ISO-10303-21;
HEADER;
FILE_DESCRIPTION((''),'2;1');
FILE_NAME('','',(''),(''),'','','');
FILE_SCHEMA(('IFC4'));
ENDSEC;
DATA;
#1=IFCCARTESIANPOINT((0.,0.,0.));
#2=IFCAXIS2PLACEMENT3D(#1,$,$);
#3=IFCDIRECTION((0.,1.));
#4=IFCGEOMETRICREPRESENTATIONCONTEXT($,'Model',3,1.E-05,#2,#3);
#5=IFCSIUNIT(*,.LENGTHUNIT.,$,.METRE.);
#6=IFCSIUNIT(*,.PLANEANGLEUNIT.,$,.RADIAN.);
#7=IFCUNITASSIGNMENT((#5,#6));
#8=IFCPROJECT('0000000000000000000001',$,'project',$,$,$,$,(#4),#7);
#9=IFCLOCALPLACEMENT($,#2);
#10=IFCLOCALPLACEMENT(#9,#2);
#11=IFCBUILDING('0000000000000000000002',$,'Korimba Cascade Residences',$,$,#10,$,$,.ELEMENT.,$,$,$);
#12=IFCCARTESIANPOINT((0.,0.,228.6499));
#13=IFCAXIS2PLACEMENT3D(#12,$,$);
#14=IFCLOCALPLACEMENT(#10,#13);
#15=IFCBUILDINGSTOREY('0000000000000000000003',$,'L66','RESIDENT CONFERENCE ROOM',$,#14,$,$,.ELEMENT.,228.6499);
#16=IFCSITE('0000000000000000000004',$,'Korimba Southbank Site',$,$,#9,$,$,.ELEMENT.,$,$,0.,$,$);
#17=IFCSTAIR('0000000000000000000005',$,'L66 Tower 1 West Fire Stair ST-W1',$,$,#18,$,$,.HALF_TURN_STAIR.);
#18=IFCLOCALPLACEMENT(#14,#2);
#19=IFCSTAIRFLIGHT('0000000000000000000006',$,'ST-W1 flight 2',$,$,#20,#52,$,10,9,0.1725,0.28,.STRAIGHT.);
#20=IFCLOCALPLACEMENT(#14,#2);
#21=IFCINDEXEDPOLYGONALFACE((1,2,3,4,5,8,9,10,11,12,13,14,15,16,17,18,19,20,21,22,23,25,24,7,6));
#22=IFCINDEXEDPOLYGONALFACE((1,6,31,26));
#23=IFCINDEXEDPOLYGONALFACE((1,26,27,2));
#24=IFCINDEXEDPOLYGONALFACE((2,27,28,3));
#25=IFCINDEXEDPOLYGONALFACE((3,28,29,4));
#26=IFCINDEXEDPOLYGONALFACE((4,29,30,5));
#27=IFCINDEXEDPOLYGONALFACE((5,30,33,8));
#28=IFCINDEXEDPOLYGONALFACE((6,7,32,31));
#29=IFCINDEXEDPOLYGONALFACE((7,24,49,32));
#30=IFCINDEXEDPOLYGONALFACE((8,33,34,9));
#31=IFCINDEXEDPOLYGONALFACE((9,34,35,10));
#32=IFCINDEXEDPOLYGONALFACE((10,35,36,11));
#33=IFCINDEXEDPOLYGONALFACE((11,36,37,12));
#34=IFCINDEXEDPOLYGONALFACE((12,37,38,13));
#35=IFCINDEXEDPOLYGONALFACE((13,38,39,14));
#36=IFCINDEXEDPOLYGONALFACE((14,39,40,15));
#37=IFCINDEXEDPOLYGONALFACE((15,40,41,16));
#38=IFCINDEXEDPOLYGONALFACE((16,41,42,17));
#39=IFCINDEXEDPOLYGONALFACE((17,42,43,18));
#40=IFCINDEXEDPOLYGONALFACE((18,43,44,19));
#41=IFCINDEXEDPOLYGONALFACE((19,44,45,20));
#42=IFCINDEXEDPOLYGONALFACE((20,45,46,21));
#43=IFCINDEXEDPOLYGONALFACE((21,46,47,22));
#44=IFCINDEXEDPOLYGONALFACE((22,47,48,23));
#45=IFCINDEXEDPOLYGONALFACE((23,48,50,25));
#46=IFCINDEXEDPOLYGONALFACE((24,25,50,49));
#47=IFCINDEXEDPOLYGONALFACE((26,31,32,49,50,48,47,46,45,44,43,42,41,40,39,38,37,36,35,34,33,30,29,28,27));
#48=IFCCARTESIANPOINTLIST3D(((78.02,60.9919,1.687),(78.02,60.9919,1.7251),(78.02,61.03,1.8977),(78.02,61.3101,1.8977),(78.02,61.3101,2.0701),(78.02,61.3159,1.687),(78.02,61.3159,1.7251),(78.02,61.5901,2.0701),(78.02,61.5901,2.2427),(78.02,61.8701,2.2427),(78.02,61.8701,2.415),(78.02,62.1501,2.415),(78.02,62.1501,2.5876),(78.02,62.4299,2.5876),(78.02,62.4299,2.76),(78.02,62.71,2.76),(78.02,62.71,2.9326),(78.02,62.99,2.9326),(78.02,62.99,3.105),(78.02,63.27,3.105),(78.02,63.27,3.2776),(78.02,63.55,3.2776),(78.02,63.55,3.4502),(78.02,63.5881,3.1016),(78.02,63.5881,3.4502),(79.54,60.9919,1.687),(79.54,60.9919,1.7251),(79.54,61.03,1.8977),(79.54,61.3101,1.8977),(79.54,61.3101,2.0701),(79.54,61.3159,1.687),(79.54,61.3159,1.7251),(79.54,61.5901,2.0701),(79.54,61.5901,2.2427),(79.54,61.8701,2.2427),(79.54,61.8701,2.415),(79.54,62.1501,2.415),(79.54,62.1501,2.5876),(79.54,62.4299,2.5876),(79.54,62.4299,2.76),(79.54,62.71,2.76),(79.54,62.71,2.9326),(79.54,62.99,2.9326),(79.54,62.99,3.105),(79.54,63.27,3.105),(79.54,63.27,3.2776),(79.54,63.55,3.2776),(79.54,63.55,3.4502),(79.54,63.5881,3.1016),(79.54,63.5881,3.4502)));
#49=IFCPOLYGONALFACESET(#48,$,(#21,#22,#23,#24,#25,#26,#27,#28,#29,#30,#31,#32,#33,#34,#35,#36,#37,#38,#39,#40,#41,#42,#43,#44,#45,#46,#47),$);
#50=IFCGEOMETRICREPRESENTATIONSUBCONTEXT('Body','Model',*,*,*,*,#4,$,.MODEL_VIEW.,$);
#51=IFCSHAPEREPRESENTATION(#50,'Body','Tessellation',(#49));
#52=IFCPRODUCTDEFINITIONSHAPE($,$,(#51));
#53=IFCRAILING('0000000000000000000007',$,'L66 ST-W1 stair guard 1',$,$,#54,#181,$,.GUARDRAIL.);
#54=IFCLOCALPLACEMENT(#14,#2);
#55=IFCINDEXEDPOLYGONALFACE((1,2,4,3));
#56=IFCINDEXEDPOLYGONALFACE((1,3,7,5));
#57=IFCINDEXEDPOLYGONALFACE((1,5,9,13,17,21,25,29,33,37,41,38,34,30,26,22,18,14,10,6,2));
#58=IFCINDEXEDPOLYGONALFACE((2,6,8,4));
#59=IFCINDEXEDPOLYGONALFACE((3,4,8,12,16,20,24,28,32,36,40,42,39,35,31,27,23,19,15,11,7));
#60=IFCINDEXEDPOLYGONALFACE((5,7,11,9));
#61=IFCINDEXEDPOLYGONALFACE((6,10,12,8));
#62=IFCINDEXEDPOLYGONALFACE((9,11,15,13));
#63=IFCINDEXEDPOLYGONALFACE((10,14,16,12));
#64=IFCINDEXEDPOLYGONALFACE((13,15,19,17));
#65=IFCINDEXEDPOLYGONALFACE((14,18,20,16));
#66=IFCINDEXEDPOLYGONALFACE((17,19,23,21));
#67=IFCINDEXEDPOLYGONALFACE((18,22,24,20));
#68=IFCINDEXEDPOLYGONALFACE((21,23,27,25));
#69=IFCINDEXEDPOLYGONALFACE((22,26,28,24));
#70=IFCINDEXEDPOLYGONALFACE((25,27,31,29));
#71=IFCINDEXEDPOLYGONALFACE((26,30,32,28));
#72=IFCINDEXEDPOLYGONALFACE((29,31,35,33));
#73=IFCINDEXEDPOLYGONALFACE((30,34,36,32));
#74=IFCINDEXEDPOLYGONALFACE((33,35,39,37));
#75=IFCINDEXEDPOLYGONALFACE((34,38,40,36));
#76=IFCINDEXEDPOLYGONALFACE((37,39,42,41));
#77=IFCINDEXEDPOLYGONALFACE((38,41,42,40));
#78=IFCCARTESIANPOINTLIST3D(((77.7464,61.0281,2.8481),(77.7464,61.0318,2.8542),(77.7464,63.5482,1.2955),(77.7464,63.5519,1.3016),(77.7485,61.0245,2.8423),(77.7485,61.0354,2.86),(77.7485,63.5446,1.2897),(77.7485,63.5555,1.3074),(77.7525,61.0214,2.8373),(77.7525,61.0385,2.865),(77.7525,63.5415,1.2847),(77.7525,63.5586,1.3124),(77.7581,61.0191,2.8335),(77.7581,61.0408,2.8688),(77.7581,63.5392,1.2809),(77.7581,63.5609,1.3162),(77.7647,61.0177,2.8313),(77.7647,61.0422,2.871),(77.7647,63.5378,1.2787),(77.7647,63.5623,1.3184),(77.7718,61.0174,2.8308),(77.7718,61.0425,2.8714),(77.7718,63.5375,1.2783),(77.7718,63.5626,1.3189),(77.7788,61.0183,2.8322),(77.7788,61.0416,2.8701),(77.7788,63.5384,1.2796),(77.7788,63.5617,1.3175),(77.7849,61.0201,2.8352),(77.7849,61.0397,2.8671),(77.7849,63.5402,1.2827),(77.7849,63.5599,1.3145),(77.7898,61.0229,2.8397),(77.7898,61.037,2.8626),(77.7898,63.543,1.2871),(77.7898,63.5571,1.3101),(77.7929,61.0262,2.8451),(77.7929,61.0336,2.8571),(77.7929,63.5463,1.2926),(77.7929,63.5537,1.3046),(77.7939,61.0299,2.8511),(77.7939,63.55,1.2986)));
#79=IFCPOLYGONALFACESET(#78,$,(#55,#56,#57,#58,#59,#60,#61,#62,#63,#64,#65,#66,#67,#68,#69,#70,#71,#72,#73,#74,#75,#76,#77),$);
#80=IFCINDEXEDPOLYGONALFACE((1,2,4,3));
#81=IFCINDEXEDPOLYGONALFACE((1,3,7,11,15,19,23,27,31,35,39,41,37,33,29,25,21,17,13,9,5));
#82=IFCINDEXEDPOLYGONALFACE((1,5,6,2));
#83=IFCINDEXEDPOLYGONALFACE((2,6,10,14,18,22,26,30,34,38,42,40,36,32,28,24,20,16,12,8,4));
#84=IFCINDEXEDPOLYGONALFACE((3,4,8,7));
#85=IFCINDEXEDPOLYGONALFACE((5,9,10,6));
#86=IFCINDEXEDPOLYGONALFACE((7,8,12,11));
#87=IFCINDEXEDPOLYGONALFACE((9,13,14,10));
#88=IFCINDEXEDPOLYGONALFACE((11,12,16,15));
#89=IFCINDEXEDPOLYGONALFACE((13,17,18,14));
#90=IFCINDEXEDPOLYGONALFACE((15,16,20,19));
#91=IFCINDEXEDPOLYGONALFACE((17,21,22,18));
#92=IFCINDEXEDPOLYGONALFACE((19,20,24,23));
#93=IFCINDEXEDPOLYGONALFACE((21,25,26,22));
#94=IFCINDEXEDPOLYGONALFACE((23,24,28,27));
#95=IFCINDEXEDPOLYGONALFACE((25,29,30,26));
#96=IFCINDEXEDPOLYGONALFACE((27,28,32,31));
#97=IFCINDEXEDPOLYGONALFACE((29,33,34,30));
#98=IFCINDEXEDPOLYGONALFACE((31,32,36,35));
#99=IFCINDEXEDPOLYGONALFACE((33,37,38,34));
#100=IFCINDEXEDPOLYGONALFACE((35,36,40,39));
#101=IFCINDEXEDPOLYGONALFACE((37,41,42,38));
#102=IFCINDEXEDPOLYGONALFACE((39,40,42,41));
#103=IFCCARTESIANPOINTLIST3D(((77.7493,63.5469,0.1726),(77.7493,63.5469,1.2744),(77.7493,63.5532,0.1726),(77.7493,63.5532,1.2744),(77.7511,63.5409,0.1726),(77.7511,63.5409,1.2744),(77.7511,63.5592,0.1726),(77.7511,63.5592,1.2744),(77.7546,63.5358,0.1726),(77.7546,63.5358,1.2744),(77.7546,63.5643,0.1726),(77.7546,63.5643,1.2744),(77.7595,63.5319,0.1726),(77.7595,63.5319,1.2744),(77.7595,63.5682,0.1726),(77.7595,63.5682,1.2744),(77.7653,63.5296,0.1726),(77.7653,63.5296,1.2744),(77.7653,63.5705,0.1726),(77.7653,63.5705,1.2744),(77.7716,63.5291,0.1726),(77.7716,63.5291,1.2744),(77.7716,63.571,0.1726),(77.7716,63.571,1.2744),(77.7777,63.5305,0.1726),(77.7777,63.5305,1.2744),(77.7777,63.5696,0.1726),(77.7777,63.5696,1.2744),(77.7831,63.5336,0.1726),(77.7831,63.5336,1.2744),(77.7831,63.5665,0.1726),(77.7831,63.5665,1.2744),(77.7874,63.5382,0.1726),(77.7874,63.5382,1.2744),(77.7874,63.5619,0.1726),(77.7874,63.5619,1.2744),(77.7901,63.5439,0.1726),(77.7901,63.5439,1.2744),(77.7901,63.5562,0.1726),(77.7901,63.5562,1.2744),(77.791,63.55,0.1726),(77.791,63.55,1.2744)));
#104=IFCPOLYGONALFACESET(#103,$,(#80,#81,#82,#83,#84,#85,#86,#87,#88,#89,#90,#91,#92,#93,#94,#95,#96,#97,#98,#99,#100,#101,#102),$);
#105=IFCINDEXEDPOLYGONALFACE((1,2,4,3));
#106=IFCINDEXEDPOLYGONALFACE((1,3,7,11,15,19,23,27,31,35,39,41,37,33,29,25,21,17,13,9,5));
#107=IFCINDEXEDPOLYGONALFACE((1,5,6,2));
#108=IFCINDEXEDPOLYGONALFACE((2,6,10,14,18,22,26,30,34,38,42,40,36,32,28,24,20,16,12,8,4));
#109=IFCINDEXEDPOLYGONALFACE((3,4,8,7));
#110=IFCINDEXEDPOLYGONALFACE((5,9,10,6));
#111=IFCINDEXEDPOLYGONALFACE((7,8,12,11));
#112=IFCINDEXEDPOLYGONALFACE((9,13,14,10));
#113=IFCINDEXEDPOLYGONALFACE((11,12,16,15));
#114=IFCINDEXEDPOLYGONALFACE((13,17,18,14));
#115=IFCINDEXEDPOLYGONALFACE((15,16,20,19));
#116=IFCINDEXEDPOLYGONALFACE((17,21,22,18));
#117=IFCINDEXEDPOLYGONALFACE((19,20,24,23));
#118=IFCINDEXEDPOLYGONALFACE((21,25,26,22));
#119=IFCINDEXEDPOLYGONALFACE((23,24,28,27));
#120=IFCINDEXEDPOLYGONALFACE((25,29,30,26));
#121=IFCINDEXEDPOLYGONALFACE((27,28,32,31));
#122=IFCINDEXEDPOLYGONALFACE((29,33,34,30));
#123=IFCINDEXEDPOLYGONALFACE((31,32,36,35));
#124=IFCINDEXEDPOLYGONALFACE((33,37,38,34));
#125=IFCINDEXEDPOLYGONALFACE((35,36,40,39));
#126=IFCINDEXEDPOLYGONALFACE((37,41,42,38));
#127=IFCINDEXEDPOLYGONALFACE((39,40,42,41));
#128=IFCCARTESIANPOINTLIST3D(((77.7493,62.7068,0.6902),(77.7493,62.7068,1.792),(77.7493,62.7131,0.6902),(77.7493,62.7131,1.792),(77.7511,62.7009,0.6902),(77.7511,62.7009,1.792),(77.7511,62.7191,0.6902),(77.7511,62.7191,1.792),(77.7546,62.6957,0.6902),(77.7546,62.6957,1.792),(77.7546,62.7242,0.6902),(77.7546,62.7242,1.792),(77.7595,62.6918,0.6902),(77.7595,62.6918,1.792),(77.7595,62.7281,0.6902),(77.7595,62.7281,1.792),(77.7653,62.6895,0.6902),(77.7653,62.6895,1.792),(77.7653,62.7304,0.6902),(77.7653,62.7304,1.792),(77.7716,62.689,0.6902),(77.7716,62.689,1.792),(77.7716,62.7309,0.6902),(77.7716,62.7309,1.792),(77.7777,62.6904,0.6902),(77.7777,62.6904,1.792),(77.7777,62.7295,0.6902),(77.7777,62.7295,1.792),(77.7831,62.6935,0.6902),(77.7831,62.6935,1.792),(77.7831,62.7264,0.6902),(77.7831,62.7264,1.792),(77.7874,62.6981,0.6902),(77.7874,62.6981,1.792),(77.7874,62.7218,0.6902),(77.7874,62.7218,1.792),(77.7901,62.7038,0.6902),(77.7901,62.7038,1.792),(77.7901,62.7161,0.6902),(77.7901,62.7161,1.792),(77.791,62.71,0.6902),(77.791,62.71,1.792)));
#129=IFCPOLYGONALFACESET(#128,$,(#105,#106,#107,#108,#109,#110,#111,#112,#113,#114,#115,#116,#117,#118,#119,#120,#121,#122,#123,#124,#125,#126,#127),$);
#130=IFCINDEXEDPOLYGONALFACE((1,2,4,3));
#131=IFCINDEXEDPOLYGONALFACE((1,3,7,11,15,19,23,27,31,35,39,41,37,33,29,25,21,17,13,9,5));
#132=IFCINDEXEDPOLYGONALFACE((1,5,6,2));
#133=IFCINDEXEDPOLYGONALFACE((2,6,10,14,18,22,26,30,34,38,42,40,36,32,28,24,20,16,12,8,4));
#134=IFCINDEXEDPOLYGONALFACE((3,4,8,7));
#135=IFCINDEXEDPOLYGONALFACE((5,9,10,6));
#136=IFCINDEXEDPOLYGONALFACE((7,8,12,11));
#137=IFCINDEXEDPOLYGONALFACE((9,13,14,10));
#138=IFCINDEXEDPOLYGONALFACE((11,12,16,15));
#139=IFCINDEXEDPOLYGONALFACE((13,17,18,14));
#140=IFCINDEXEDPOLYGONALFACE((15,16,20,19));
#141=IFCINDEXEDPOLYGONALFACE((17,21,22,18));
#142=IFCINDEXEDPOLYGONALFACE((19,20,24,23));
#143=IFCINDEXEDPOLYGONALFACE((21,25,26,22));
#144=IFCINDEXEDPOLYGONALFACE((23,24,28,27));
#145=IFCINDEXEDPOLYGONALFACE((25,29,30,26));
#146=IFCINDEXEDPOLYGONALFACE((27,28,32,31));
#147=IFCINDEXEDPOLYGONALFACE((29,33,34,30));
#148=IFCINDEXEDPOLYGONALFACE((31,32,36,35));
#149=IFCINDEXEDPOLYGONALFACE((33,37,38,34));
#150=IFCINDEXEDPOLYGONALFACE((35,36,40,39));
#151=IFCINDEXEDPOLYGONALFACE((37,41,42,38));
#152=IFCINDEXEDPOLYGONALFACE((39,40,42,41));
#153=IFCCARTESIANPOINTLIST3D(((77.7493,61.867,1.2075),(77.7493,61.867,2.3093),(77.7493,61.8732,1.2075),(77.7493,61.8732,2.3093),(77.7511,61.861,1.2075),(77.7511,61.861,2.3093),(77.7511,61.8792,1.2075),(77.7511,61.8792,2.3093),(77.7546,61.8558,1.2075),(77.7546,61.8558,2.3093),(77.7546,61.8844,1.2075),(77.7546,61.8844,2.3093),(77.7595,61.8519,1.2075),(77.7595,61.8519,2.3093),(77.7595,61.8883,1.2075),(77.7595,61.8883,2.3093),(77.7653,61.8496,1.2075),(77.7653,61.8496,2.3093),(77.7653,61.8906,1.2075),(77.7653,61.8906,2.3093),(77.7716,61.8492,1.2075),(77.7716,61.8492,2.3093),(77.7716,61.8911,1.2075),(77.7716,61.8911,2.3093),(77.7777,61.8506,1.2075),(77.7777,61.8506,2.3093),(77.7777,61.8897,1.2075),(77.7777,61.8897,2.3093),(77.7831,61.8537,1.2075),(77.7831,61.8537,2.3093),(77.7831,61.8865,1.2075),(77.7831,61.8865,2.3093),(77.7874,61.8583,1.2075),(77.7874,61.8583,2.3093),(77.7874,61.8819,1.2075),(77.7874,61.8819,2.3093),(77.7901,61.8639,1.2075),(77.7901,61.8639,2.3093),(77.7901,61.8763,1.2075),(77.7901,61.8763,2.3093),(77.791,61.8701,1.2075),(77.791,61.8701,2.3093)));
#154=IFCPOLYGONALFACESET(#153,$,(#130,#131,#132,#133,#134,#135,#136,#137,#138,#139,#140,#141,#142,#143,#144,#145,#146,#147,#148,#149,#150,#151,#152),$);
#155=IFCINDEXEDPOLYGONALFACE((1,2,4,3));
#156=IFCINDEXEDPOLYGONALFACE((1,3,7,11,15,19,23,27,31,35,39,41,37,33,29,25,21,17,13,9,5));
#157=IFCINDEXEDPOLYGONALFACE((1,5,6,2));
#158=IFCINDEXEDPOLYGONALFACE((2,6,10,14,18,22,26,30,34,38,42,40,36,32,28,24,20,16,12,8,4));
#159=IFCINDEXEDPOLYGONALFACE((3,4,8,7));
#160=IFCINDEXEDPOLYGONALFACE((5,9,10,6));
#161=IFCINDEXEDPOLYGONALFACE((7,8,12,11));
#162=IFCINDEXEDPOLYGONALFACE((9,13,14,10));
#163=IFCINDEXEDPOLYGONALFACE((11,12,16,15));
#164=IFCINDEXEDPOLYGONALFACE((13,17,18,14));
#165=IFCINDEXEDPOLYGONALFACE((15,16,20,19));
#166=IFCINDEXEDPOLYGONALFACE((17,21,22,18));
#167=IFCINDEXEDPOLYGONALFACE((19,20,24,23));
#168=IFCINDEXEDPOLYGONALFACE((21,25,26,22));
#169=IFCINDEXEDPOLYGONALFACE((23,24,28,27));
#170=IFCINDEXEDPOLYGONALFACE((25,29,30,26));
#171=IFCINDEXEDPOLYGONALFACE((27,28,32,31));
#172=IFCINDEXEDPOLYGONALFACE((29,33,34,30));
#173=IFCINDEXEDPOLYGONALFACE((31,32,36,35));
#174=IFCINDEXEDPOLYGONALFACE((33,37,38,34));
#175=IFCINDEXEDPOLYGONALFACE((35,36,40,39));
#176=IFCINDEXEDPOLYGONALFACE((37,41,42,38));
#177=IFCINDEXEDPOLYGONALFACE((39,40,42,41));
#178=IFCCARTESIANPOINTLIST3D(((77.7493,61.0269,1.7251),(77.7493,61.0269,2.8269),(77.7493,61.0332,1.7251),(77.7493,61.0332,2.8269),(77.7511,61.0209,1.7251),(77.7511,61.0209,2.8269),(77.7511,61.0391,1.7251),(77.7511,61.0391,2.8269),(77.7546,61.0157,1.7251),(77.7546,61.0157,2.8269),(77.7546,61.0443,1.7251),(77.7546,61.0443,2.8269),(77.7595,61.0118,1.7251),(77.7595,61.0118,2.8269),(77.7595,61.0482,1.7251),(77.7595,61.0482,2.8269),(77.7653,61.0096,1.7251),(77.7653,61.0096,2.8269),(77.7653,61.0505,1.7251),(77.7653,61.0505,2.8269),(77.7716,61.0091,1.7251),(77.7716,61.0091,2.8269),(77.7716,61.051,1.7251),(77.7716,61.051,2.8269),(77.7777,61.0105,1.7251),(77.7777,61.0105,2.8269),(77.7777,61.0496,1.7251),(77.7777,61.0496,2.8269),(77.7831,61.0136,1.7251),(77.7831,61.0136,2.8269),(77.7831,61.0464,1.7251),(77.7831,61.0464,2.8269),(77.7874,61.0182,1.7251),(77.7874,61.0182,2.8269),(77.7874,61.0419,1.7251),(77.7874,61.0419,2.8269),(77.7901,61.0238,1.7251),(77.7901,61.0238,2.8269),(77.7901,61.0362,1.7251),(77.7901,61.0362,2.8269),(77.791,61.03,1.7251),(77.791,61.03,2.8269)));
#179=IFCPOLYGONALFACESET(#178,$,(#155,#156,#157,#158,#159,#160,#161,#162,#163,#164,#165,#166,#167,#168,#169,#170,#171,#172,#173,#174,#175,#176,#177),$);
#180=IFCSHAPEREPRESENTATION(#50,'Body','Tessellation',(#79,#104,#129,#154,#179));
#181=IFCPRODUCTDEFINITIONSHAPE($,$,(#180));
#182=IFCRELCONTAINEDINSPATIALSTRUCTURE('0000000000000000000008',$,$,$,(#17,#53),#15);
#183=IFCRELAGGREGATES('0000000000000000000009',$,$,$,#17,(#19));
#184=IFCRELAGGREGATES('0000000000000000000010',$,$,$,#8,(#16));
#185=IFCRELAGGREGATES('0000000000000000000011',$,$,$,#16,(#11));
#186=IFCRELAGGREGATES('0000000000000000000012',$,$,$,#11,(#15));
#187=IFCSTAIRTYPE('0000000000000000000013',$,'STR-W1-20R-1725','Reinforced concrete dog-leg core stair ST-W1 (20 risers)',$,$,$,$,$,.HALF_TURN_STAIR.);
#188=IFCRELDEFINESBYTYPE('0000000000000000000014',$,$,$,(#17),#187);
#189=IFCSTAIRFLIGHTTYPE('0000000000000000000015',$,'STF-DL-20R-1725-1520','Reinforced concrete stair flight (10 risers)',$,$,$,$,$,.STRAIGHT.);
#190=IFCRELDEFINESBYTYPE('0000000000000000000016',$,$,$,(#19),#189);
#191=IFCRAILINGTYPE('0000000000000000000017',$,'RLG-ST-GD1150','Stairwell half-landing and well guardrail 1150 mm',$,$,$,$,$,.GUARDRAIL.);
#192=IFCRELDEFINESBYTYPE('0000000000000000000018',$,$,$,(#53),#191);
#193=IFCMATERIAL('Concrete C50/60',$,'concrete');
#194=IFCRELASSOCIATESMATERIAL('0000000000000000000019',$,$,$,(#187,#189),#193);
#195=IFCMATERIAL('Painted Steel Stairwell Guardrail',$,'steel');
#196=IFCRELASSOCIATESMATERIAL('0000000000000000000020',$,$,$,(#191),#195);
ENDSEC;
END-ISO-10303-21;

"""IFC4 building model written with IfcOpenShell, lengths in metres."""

from ifc_helpers import new_model, si_unit, direction, frame, origin, origin_2d, place, context, subcontext, project, spatial, polyline, circle, outline, extrude, material, type_object, element, aggregate, save


model = new_model("IFC4")

# Units and contexts
model_context = context("Model", 3, precision=1e-05, world=origin(), true_north=direction((0.0, 1.0)))
body_context = subcontext(model_context, "Body", "Model", "MODEL_VIEW")
ifc_project = project(units=[si_unit("LENGTHUNIT", "METRE"), si_unit("PLANEANGLEUNIT", "RADIAN")], contexts=[model_context])

# Site, building, storey
site_placement = place(None, origin())
site = spatial("IfcSite", under=ifc_project, at=site_placement, Name="Korimba Southbank Site", CompositionType="ELEMENT", RefElevation=0.0)
building_placement = place(site_placement, origin())
building = spatial("IfcBuilding", under=site, at=building_placement, Name="Korimba Cascade Residences", CompositionType="ELEMENT")
storey_placement = place(building_placement, frame((0.0, 0.0, 228.6499)))
storey = spatial("IfcBuildingStorey", under=building, at=storey_placement, Name="L66", Description="RESIDENT CONFERENCE ROOM", CompositionType="ELEMENT", Elevation=228.6499)

# Shared definitions
ifc_material_1 = material(Name="Concrete C50/60", Category="concrete")

# Stair, stair flight
stair_type = type_object("IfcStairType", Name="STR-W1-20R-1725", Description="Reinforced concrete dog-leg core stair ST-W1 (20 risers)", PredefinedType="HALF_TURN_STAIR", material=ifc_material_1)
stair_placement = place(storey_placement, origin())
stair = element("IfcStair", 1, at=stair_placement, inside=storey, type_object=stair_type, Name="L66 Tower 1 West Fire Stair ST-W1", PredefinedType="HALF_TURN_STAIR")
stair_flight_type = type_object("IfcStairFlightType", Name="STF-DL-20R-1725-1520", Description="Reinforced concrete stair flight (10 risers)", PredefinedType="STRAIGHT", material=ifc_material_1)
stair_flight_1_placement = place(storey_placement, frame((78.78, 61.03, 1.7251), z_axis=(0.0, 0.0, 1.0), x_axis=(0.0, 1.0, 0.0)))
stair_flight_1 = element("IfcStairFlight", 2, at=stair_flight_1_placement, type_object=stair_flight_type, Name="ST-W1 flight 2", NumberOfRisers=10, NumberOfTreads=9, PredefinedType="STRAIGHT", RiserHeight=0.1725, TreadLength=0.28, context=body_context, shape_type="SweptSolid", body=[
    extrude(outline(polyline([(-0.0381, 0.0), (0.0, 0.1726), (0.28, 0.1726), (0.28, 0.345), (0.5601, 0.345), (0.5601, 0.5176), (0.8401, 0.5176), (0.8401, 0.6899), (1.1201, 0.6899), (1.1201, 0.8625), (1.3999, 0.8625), (1.3999, 1.0349), (1.6799, 1.0349), (1.6799, 1.2075), (1.96, 1.2075), (1.96, 1.3799), (2.24, 1.3799), (2.24, 1.5525), (2.52, 1.5525), (2.52, 1.7251), (2.5581, 1.7251), (2.5581, 1.3765), (0.2859, 0.0), (0.2859, -0.0381), (-0.0381, -0.0381), (-0.0381, 0.0)])), frame((0.0, 0.76, 0.0), z_axis=(0.0, -1.0, 0.0), x_axis=(1.0, 0.0, 0.0)), (0.0, 0.0, 1.0), 1.52),
])
aggregate(stair, [stair_flight_1])

# Railing
ifc_material_2 = material(Name="Painted Steel Stairwell Guardrail", Category="steel")
railing_type_1 = type_object("IfcRailingType", Name="RLG-ST-GD1150", Description="Stairwell half-landing and well guardrail 1150 mm", PredefinedType="GUARDRAIL", material=ifc_material_2)
railing_1_placement = place(storey_placement, frame((77.77, 63.55, 0.1726)))
element("IfcRailing", 3, at=railing_1_placement, inside=storey, type_object=railing_type_1, Name="L66 ST-W1 stair guard 1", PredefinedType="GUARDRAIL", context=body_context, shape_type="SweptSolid", body=[
    extrude(circle(Radius=0.0239, at=origin_2d()), frame((0.0, 0.0, 1.126), z_axis=(0.0, -0.8514, 0.524516), x_axis=(1.0, 0.0, 0.0)), (0.0, 0.0, 1.0), 2.96),
    extrude(circle(Radius=0.021, at=origin_2d()), origin(), (0.0, 0.0, 1.0), 1.1018),
    extrude(circle(Radius=0.021, at=origin_2d()), frame((0.0, -0.8401, 0.5176)), (0.0, 0.0, 1.0), 1.1018),
    extrude(circle(Radius=0.021, at=origin_2d()), frame((0.0, -1.6799, 1.0349)), (0.0, 0.0, 1.0), 1.1018),
    extrude(circle(Radius=0.021, at=origin_2d()), frame((0.0, -2.52, 1.5525)), (0.0, 0.0, 1.0), 1.1018),
])

save(model, "model.ifc")
